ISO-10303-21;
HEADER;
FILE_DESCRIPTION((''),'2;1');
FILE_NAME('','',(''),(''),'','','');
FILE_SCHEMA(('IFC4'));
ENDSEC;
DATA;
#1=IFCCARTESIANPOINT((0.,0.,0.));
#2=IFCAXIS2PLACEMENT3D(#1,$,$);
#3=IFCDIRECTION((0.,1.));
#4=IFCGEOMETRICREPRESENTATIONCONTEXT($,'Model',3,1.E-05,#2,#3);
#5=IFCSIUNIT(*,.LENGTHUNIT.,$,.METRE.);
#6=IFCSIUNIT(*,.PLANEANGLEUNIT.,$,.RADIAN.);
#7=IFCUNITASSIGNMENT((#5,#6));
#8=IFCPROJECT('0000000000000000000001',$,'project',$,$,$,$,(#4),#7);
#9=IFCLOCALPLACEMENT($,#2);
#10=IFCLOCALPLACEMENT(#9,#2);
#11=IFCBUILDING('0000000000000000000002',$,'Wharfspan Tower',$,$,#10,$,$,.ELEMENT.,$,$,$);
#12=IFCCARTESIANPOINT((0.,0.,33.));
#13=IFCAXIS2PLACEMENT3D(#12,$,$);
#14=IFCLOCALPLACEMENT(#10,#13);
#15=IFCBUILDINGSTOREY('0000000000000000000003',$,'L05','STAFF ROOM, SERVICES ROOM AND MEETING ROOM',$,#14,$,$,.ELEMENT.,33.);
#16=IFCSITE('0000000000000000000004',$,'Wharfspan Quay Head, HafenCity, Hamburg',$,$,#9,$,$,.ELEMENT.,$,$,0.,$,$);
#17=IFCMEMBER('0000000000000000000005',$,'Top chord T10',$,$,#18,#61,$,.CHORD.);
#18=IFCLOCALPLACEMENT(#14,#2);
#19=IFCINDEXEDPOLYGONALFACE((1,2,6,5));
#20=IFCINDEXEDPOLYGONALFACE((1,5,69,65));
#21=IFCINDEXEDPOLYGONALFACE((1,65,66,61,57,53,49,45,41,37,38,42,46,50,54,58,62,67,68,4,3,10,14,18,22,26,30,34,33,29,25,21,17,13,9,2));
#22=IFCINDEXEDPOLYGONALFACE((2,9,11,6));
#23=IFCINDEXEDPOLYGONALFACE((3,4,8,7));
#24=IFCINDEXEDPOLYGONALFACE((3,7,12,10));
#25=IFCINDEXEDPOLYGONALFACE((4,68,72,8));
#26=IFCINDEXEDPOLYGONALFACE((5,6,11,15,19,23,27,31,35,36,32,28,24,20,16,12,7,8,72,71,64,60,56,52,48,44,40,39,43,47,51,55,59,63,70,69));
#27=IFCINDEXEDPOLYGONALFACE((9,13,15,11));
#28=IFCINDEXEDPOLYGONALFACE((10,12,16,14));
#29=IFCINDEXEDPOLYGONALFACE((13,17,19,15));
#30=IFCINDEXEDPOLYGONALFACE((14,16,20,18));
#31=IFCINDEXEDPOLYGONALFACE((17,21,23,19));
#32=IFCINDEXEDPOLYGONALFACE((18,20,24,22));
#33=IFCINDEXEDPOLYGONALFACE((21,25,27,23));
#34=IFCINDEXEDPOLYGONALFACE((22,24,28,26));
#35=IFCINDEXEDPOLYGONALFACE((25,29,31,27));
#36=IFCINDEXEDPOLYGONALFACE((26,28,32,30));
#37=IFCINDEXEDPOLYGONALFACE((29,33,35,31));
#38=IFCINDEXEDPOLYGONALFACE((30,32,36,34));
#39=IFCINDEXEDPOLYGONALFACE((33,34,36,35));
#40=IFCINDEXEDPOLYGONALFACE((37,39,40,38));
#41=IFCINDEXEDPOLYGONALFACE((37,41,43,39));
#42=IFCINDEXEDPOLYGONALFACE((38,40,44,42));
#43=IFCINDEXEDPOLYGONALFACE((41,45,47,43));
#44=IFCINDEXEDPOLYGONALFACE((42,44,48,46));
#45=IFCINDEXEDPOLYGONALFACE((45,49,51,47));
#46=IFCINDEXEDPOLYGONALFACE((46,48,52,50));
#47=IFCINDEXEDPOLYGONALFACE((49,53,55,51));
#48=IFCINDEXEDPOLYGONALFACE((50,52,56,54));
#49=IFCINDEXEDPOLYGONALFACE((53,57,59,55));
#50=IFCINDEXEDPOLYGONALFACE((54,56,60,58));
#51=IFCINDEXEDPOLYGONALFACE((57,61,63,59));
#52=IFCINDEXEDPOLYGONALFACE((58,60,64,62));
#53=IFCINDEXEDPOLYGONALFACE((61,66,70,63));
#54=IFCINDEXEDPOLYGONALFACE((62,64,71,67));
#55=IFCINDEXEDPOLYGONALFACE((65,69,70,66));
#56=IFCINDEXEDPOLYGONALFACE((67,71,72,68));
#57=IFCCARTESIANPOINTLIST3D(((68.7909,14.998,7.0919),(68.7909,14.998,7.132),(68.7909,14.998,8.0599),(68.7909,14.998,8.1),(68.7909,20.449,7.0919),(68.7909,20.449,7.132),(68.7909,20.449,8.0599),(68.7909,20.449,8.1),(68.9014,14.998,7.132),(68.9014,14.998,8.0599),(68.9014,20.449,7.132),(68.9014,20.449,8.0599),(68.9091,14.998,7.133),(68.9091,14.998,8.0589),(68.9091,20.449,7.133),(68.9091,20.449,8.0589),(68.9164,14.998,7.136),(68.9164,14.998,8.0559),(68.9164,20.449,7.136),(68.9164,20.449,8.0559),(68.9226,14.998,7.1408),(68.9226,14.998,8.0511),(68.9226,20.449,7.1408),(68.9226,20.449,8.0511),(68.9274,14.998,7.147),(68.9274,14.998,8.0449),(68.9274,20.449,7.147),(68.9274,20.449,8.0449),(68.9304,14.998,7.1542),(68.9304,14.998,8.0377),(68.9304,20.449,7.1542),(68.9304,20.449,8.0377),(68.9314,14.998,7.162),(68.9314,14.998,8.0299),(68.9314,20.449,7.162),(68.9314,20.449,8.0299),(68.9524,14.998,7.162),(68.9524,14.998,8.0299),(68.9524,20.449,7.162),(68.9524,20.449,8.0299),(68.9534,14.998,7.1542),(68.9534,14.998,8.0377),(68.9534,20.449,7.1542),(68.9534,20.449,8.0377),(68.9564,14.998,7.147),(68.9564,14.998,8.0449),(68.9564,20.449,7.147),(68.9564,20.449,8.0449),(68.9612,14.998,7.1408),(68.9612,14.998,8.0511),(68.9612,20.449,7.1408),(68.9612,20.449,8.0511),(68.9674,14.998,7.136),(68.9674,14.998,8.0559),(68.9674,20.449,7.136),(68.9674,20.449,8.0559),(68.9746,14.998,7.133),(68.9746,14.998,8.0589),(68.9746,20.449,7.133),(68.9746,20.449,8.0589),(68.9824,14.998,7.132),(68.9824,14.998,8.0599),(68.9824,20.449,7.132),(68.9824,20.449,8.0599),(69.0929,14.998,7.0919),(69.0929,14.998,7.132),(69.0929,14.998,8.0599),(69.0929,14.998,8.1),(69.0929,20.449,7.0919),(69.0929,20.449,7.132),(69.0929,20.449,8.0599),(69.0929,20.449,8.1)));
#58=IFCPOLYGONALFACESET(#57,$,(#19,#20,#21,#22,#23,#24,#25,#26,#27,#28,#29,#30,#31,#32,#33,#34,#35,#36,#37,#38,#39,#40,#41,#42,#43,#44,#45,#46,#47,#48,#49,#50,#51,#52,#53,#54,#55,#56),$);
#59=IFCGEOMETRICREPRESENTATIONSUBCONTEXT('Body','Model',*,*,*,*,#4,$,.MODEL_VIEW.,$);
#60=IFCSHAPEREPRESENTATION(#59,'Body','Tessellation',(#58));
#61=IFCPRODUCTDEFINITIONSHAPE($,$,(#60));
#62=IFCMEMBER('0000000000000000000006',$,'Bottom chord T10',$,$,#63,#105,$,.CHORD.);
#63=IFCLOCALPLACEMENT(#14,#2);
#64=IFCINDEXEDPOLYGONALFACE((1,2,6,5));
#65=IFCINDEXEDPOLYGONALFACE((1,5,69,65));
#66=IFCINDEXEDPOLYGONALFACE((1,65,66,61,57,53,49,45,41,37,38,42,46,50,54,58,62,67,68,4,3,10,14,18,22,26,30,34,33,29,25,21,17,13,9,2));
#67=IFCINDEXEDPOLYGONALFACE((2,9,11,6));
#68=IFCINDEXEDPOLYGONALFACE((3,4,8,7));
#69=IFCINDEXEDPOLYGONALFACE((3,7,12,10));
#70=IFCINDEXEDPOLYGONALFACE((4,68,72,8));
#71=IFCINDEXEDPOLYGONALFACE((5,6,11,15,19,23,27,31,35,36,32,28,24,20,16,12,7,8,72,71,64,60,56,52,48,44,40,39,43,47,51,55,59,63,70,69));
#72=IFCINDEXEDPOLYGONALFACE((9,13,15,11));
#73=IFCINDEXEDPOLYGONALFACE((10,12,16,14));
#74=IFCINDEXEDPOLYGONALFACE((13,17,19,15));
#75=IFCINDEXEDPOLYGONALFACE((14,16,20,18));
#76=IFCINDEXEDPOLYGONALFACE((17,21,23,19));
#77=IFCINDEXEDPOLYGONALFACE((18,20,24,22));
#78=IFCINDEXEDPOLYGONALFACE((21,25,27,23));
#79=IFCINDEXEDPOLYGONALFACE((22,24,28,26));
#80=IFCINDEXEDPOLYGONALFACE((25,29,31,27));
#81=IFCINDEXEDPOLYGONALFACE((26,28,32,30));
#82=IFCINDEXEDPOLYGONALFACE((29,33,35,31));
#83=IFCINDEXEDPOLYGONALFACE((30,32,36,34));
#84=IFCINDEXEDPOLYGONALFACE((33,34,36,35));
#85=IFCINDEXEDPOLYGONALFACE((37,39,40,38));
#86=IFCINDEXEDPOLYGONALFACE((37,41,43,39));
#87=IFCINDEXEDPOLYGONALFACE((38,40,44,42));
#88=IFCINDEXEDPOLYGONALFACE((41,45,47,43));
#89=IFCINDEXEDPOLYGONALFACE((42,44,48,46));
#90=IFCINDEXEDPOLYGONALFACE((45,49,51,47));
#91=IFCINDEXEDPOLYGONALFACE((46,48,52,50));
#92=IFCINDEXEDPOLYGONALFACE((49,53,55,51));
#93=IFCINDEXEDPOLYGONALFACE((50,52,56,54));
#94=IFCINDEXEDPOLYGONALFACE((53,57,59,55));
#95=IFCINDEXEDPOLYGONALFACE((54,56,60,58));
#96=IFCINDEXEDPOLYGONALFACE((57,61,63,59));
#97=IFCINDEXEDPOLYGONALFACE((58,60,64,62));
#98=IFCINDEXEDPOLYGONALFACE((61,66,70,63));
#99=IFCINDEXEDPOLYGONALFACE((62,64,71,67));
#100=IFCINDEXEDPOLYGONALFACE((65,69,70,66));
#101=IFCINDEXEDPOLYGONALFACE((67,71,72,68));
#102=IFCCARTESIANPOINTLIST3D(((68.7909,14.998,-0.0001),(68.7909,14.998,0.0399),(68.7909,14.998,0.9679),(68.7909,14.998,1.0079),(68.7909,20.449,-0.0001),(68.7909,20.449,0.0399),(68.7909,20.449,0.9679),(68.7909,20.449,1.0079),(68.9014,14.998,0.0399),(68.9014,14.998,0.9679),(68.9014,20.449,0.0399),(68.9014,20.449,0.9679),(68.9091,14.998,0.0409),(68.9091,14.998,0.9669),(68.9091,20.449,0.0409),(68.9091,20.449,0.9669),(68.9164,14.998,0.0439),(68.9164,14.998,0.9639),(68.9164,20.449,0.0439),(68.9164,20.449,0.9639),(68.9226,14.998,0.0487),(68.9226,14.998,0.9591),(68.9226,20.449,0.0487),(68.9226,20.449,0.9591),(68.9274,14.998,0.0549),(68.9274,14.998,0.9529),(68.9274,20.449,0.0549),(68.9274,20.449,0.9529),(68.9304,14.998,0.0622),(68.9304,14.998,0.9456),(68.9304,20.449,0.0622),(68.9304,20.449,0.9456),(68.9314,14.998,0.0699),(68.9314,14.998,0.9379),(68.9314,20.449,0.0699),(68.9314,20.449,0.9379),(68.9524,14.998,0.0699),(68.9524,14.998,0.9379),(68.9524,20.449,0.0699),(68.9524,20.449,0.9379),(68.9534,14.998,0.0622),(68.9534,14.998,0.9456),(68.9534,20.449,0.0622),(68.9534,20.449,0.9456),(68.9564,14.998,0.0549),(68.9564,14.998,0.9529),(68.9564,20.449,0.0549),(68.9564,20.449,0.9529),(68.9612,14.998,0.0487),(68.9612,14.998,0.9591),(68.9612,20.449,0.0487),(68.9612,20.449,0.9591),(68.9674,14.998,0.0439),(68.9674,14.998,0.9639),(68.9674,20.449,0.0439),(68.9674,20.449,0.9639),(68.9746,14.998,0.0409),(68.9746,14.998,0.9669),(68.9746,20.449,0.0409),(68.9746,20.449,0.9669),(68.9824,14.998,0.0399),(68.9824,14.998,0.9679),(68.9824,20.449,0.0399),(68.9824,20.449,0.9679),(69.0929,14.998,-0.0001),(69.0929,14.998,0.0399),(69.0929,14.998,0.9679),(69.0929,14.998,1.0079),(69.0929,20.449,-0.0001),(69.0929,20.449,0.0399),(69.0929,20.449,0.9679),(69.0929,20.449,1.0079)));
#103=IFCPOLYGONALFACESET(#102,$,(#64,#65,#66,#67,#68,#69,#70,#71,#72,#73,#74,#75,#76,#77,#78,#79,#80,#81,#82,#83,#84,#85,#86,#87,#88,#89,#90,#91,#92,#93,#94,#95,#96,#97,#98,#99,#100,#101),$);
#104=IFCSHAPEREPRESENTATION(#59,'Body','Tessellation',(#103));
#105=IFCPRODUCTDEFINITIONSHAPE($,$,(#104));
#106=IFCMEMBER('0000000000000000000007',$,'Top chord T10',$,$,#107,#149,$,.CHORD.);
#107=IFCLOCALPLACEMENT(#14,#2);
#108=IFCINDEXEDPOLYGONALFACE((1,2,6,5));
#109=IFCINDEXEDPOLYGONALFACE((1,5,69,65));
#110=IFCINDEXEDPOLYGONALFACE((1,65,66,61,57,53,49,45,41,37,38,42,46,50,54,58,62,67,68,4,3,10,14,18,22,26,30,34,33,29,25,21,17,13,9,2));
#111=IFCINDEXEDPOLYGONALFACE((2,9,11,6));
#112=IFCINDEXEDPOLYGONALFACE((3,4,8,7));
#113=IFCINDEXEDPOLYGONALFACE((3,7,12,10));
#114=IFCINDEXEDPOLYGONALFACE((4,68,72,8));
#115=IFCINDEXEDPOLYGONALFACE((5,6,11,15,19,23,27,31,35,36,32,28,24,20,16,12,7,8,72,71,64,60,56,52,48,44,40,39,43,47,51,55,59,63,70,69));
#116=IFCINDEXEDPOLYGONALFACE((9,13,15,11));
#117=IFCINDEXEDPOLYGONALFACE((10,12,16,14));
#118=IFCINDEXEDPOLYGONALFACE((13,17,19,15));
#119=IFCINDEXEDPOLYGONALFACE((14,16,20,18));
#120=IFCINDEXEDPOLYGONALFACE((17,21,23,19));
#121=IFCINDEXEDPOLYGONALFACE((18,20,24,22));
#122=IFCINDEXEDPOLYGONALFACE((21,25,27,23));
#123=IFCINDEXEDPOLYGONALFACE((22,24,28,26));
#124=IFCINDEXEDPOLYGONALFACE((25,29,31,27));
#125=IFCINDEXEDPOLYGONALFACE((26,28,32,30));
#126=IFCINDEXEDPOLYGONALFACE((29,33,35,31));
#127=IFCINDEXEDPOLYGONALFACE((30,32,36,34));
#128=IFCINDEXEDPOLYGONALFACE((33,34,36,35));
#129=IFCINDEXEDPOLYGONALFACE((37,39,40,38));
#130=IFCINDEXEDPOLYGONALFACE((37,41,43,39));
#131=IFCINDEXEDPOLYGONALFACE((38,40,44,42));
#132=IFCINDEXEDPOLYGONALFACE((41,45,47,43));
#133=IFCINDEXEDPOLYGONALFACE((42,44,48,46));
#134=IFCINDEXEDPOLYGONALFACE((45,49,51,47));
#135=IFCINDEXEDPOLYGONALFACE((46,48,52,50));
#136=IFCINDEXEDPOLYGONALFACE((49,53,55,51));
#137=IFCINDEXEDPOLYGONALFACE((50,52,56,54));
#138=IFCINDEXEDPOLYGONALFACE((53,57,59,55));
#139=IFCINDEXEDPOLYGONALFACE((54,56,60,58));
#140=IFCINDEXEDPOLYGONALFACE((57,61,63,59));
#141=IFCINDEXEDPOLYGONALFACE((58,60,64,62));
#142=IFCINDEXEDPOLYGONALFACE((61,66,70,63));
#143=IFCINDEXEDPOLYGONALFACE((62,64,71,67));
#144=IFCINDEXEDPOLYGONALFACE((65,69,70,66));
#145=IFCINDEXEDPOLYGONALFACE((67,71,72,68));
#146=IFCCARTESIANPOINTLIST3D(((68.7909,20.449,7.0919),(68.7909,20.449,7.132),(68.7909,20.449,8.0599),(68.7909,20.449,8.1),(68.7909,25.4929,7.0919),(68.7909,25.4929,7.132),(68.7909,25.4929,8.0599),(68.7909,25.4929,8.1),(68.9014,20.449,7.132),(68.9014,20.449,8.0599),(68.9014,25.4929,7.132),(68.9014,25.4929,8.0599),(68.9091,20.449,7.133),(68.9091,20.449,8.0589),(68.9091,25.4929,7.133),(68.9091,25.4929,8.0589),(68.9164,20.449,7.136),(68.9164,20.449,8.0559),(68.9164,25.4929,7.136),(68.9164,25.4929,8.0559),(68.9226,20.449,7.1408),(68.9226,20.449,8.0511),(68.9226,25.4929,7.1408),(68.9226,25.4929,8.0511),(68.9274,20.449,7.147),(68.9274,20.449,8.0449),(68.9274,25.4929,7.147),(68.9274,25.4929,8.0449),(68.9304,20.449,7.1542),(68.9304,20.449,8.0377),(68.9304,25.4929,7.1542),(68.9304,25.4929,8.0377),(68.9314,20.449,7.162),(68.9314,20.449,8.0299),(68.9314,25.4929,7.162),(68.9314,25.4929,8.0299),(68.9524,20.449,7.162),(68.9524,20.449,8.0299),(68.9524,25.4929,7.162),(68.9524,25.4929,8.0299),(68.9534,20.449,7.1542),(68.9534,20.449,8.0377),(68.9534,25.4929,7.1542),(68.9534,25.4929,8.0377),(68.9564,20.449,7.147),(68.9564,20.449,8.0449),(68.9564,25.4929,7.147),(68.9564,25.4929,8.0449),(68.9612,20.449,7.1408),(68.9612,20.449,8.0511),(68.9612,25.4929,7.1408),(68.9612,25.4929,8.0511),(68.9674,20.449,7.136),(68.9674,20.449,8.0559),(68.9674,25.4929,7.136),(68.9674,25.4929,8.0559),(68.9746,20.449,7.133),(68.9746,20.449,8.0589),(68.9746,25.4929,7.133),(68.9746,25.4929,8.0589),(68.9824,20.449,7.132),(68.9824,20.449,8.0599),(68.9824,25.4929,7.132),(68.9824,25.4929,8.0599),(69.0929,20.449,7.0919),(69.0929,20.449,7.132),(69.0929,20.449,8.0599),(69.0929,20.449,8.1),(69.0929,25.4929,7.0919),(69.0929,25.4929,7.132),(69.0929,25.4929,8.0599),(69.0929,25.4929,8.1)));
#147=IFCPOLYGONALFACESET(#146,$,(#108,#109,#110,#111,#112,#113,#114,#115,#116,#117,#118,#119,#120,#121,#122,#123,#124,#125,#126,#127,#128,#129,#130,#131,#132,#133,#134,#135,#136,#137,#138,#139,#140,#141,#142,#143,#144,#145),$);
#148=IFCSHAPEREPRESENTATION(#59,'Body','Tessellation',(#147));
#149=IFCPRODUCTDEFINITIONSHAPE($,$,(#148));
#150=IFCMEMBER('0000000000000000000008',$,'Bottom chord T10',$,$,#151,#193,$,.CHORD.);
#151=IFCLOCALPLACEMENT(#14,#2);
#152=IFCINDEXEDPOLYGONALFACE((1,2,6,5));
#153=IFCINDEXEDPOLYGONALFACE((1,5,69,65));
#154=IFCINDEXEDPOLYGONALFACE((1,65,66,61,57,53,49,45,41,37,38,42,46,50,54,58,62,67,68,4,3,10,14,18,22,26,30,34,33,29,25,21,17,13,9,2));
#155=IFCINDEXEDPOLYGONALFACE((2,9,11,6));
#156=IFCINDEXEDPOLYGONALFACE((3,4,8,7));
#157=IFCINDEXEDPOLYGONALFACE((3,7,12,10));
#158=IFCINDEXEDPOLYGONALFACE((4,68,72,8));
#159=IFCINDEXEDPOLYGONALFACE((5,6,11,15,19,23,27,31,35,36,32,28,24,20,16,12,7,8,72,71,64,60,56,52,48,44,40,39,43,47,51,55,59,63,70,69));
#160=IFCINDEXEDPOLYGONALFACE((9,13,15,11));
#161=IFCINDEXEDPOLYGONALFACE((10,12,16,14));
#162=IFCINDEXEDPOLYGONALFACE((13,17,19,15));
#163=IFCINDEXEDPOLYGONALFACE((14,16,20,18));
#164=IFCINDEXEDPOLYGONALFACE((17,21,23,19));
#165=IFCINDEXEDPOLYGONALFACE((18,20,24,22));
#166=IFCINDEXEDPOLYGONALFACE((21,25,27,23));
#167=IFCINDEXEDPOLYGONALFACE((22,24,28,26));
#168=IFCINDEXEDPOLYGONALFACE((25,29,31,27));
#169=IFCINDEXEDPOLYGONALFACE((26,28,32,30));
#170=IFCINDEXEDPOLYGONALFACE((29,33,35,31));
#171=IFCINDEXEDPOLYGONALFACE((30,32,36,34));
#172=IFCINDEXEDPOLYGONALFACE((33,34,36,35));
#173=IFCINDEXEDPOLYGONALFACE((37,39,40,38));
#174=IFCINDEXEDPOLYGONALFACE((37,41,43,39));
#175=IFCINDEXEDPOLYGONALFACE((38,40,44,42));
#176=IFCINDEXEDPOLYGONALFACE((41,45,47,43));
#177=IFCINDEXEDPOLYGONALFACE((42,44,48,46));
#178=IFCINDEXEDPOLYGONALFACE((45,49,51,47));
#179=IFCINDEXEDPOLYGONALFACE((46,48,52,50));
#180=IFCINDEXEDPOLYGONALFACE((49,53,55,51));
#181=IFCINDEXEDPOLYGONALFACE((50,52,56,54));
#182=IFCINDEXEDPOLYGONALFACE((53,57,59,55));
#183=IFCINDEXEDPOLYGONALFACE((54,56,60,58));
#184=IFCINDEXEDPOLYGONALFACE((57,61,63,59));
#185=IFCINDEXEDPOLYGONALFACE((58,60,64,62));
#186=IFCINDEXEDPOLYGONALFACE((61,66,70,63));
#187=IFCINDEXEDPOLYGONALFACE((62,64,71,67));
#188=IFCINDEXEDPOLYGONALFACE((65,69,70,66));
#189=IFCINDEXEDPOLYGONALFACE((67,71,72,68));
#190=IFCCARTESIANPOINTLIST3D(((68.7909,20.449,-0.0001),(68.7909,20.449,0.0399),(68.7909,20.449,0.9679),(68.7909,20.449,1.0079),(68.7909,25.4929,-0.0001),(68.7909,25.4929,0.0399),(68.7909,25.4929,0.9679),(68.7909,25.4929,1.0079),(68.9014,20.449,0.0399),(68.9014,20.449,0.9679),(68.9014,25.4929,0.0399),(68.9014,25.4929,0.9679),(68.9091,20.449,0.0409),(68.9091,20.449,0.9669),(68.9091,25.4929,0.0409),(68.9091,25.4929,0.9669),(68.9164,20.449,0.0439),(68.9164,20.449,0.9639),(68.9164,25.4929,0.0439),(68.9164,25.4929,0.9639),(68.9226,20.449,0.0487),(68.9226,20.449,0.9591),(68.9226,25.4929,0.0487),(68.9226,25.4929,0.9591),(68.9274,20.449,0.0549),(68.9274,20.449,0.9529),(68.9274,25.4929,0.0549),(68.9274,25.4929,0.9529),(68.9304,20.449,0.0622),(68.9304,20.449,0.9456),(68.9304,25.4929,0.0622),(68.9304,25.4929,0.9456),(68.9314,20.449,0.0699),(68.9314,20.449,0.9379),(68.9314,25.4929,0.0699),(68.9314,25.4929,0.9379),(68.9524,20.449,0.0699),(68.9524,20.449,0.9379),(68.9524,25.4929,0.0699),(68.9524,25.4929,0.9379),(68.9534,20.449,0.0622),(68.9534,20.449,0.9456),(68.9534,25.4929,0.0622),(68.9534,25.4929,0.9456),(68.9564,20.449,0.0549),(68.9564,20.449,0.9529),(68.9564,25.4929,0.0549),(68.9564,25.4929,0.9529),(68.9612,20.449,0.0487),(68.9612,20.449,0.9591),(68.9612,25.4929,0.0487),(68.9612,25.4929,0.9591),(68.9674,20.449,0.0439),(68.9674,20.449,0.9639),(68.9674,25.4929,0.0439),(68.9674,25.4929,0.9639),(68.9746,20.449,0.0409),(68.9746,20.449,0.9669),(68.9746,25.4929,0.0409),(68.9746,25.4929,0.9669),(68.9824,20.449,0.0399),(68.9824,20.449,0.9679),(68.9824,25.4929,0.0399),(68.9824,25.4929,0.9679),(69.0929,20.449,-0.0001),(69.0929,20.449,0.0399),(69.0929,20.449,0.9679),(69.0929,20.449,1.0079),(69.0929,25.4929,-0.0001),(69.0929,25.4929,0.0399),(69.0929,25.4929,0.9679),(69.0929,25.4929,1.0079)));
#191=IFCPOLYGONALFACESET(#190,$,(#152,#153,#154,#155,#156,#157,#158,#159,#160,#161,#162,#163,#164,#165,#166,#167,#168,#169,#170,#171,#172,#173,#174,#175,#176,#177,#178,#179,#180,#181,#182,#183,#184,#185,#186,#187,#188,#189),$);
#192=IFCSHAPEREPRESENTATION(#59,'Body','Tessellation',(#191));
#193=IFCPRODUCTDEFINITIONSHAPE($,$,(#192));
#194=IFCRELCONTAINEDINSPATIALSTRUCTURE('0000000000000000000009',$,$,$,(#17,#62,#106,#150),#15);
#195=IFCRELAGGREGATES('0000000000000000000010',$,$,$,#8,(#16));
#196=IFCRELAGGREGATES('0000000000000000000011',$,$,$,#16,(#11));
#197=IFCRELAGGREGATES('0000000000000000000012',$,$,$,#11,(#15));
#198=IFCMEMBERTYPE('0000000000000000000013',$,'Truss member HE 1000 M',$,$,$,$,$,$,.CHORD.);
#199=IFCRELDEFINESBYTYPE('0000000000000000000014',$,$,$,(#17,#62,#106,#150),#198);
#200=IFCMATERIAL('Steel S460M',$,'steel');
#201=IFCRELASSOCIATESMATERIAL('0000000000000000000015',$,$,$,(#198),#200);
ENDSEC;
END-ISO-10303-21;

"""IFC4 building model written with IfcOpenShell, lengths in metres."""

from ifc_helpers import new_model, si_unit, direction, frame, origin, origin_2d, place, context, subcontext, project, spatial, i_section, extrude, material, material_profile, profile_set, type_object, element, save


model = new_model("IFC4")

# Units and contexts
model_context = context("Model", 3, precision=1e-05, world=origin(), true_north=direction((0.0, 1.0)))
body_context = subcontext(model_context, "Body", "Model", "MODEL_VIEW")
ifc_project = project(units=[si_unit("LENGTHUNIT", "METRE"), si_unit("PLANEANGLEUNIT", "RADIAN")], contexts=[model_context])

# Site, building, storey
site_placement = place(None, origin())
site = spatial("IfcSite", under=ifc_project, at=site_placement, Name="Wharfspan Quay Head, HafenCity, Hamburg", CompositionType="ELEMENT", RefElevation=0.0)
building_placement = place(site_placement, origin())
building = spatial("IfcBuilding", under=site, at=building_placement, Name="Wharfspan Tower", CompositionType="ELEMENT")
storey_placement = place(building_placement, frame((0.0, 0.0, 33.0)))
storey = spatial("IfcBuildingStorey", under=building, at=storey_placement, Name="L05", Description="STAFF ROOM, SERVICES ROOM AND MEETING ROOM", CompositionType="ELEMENT", Elevation=33.0)

# Shared definitions
ifc_material_1 = material(Name="Steel S460M", Category="steel")

# Members
ifc_material_profile_1 = material_profile(ifc_material_1, i_section(OverallWidth=0.302, OverallDepth=1.0081, WebThickness=0.021, FlangeThickness=0.04, FilletRadius=0.03, at=origin_2d()))
ifc_profile_set_1 = profile_set([ifc_material_profile_1], Name="Steel S460M")
member_type_1 = type_object("IfcMemberType", Name="Truss member HE 1000 M", PredefinedType="CHORD", material=ifc_profile_set_1)
for number, where, z_axis, x_axis, name in (
    (1, (68.9419, 14.998, 7.5959), (0.0, 1.0, 0.0), (-1.0, 0.0, 0.0), "Top chord T10"),
    (2, (68.9419, 14.998, 0.5039), (0.0, 1.0, 0.0), (-1.0, 0.0, 0.0), "Bottom chord T10"),
):
    element("IfcMember", number, at=place(storey_placement, frame(where, z_axis=z_axis, x_axis=x_axis)), inside=storey, type_object=member_type_1, Name=name, PredefinedType="CHORD", context=body_context, shape_type="SweptSolid", body=[
        extrude(i_section(OverallWidth=0.302, OverallDepth=1.0081, WebThickness=0.021, FlangeThickness=0.04, FilletRadius=0.03, at=origin_2d()), origin(), (0.0, 0.0, 1.0), 5.4509),
    ])
for number, where, z_axis, x_axis, name in (
    (3, (68.9419, 20.449, 7.5959), (0.0, 1.0, 0.0), (-1.0, 0.0, 0.0), "Top chord T10"),
    (4, (68.9419, 20.449, 0.5039), (0.0, 1.0, 0.0), (-1.0, 0.0, 0.0), "Bottom chord T10"),
):
    element("IfcMember", number, at=place(storey_placement, frame(where, z_axis=z_axis, x_axis=x_axis)), inside=storey, type_object=member_type_1, Name=name, PredefinedType="CHORD", context=body_context, shape_type="SweptSolid", body=[
        extrude(i_section(OverallWidth=0.302, OverallDepth=1.0081, WebThickness=0.021, FlangeThickness=0.04, FilletRadius=0.03, at=origin_2d()), origin(), (0.0, 0.0, 1.0), 5.0439),
    ])

save(model, "model.ifc")
